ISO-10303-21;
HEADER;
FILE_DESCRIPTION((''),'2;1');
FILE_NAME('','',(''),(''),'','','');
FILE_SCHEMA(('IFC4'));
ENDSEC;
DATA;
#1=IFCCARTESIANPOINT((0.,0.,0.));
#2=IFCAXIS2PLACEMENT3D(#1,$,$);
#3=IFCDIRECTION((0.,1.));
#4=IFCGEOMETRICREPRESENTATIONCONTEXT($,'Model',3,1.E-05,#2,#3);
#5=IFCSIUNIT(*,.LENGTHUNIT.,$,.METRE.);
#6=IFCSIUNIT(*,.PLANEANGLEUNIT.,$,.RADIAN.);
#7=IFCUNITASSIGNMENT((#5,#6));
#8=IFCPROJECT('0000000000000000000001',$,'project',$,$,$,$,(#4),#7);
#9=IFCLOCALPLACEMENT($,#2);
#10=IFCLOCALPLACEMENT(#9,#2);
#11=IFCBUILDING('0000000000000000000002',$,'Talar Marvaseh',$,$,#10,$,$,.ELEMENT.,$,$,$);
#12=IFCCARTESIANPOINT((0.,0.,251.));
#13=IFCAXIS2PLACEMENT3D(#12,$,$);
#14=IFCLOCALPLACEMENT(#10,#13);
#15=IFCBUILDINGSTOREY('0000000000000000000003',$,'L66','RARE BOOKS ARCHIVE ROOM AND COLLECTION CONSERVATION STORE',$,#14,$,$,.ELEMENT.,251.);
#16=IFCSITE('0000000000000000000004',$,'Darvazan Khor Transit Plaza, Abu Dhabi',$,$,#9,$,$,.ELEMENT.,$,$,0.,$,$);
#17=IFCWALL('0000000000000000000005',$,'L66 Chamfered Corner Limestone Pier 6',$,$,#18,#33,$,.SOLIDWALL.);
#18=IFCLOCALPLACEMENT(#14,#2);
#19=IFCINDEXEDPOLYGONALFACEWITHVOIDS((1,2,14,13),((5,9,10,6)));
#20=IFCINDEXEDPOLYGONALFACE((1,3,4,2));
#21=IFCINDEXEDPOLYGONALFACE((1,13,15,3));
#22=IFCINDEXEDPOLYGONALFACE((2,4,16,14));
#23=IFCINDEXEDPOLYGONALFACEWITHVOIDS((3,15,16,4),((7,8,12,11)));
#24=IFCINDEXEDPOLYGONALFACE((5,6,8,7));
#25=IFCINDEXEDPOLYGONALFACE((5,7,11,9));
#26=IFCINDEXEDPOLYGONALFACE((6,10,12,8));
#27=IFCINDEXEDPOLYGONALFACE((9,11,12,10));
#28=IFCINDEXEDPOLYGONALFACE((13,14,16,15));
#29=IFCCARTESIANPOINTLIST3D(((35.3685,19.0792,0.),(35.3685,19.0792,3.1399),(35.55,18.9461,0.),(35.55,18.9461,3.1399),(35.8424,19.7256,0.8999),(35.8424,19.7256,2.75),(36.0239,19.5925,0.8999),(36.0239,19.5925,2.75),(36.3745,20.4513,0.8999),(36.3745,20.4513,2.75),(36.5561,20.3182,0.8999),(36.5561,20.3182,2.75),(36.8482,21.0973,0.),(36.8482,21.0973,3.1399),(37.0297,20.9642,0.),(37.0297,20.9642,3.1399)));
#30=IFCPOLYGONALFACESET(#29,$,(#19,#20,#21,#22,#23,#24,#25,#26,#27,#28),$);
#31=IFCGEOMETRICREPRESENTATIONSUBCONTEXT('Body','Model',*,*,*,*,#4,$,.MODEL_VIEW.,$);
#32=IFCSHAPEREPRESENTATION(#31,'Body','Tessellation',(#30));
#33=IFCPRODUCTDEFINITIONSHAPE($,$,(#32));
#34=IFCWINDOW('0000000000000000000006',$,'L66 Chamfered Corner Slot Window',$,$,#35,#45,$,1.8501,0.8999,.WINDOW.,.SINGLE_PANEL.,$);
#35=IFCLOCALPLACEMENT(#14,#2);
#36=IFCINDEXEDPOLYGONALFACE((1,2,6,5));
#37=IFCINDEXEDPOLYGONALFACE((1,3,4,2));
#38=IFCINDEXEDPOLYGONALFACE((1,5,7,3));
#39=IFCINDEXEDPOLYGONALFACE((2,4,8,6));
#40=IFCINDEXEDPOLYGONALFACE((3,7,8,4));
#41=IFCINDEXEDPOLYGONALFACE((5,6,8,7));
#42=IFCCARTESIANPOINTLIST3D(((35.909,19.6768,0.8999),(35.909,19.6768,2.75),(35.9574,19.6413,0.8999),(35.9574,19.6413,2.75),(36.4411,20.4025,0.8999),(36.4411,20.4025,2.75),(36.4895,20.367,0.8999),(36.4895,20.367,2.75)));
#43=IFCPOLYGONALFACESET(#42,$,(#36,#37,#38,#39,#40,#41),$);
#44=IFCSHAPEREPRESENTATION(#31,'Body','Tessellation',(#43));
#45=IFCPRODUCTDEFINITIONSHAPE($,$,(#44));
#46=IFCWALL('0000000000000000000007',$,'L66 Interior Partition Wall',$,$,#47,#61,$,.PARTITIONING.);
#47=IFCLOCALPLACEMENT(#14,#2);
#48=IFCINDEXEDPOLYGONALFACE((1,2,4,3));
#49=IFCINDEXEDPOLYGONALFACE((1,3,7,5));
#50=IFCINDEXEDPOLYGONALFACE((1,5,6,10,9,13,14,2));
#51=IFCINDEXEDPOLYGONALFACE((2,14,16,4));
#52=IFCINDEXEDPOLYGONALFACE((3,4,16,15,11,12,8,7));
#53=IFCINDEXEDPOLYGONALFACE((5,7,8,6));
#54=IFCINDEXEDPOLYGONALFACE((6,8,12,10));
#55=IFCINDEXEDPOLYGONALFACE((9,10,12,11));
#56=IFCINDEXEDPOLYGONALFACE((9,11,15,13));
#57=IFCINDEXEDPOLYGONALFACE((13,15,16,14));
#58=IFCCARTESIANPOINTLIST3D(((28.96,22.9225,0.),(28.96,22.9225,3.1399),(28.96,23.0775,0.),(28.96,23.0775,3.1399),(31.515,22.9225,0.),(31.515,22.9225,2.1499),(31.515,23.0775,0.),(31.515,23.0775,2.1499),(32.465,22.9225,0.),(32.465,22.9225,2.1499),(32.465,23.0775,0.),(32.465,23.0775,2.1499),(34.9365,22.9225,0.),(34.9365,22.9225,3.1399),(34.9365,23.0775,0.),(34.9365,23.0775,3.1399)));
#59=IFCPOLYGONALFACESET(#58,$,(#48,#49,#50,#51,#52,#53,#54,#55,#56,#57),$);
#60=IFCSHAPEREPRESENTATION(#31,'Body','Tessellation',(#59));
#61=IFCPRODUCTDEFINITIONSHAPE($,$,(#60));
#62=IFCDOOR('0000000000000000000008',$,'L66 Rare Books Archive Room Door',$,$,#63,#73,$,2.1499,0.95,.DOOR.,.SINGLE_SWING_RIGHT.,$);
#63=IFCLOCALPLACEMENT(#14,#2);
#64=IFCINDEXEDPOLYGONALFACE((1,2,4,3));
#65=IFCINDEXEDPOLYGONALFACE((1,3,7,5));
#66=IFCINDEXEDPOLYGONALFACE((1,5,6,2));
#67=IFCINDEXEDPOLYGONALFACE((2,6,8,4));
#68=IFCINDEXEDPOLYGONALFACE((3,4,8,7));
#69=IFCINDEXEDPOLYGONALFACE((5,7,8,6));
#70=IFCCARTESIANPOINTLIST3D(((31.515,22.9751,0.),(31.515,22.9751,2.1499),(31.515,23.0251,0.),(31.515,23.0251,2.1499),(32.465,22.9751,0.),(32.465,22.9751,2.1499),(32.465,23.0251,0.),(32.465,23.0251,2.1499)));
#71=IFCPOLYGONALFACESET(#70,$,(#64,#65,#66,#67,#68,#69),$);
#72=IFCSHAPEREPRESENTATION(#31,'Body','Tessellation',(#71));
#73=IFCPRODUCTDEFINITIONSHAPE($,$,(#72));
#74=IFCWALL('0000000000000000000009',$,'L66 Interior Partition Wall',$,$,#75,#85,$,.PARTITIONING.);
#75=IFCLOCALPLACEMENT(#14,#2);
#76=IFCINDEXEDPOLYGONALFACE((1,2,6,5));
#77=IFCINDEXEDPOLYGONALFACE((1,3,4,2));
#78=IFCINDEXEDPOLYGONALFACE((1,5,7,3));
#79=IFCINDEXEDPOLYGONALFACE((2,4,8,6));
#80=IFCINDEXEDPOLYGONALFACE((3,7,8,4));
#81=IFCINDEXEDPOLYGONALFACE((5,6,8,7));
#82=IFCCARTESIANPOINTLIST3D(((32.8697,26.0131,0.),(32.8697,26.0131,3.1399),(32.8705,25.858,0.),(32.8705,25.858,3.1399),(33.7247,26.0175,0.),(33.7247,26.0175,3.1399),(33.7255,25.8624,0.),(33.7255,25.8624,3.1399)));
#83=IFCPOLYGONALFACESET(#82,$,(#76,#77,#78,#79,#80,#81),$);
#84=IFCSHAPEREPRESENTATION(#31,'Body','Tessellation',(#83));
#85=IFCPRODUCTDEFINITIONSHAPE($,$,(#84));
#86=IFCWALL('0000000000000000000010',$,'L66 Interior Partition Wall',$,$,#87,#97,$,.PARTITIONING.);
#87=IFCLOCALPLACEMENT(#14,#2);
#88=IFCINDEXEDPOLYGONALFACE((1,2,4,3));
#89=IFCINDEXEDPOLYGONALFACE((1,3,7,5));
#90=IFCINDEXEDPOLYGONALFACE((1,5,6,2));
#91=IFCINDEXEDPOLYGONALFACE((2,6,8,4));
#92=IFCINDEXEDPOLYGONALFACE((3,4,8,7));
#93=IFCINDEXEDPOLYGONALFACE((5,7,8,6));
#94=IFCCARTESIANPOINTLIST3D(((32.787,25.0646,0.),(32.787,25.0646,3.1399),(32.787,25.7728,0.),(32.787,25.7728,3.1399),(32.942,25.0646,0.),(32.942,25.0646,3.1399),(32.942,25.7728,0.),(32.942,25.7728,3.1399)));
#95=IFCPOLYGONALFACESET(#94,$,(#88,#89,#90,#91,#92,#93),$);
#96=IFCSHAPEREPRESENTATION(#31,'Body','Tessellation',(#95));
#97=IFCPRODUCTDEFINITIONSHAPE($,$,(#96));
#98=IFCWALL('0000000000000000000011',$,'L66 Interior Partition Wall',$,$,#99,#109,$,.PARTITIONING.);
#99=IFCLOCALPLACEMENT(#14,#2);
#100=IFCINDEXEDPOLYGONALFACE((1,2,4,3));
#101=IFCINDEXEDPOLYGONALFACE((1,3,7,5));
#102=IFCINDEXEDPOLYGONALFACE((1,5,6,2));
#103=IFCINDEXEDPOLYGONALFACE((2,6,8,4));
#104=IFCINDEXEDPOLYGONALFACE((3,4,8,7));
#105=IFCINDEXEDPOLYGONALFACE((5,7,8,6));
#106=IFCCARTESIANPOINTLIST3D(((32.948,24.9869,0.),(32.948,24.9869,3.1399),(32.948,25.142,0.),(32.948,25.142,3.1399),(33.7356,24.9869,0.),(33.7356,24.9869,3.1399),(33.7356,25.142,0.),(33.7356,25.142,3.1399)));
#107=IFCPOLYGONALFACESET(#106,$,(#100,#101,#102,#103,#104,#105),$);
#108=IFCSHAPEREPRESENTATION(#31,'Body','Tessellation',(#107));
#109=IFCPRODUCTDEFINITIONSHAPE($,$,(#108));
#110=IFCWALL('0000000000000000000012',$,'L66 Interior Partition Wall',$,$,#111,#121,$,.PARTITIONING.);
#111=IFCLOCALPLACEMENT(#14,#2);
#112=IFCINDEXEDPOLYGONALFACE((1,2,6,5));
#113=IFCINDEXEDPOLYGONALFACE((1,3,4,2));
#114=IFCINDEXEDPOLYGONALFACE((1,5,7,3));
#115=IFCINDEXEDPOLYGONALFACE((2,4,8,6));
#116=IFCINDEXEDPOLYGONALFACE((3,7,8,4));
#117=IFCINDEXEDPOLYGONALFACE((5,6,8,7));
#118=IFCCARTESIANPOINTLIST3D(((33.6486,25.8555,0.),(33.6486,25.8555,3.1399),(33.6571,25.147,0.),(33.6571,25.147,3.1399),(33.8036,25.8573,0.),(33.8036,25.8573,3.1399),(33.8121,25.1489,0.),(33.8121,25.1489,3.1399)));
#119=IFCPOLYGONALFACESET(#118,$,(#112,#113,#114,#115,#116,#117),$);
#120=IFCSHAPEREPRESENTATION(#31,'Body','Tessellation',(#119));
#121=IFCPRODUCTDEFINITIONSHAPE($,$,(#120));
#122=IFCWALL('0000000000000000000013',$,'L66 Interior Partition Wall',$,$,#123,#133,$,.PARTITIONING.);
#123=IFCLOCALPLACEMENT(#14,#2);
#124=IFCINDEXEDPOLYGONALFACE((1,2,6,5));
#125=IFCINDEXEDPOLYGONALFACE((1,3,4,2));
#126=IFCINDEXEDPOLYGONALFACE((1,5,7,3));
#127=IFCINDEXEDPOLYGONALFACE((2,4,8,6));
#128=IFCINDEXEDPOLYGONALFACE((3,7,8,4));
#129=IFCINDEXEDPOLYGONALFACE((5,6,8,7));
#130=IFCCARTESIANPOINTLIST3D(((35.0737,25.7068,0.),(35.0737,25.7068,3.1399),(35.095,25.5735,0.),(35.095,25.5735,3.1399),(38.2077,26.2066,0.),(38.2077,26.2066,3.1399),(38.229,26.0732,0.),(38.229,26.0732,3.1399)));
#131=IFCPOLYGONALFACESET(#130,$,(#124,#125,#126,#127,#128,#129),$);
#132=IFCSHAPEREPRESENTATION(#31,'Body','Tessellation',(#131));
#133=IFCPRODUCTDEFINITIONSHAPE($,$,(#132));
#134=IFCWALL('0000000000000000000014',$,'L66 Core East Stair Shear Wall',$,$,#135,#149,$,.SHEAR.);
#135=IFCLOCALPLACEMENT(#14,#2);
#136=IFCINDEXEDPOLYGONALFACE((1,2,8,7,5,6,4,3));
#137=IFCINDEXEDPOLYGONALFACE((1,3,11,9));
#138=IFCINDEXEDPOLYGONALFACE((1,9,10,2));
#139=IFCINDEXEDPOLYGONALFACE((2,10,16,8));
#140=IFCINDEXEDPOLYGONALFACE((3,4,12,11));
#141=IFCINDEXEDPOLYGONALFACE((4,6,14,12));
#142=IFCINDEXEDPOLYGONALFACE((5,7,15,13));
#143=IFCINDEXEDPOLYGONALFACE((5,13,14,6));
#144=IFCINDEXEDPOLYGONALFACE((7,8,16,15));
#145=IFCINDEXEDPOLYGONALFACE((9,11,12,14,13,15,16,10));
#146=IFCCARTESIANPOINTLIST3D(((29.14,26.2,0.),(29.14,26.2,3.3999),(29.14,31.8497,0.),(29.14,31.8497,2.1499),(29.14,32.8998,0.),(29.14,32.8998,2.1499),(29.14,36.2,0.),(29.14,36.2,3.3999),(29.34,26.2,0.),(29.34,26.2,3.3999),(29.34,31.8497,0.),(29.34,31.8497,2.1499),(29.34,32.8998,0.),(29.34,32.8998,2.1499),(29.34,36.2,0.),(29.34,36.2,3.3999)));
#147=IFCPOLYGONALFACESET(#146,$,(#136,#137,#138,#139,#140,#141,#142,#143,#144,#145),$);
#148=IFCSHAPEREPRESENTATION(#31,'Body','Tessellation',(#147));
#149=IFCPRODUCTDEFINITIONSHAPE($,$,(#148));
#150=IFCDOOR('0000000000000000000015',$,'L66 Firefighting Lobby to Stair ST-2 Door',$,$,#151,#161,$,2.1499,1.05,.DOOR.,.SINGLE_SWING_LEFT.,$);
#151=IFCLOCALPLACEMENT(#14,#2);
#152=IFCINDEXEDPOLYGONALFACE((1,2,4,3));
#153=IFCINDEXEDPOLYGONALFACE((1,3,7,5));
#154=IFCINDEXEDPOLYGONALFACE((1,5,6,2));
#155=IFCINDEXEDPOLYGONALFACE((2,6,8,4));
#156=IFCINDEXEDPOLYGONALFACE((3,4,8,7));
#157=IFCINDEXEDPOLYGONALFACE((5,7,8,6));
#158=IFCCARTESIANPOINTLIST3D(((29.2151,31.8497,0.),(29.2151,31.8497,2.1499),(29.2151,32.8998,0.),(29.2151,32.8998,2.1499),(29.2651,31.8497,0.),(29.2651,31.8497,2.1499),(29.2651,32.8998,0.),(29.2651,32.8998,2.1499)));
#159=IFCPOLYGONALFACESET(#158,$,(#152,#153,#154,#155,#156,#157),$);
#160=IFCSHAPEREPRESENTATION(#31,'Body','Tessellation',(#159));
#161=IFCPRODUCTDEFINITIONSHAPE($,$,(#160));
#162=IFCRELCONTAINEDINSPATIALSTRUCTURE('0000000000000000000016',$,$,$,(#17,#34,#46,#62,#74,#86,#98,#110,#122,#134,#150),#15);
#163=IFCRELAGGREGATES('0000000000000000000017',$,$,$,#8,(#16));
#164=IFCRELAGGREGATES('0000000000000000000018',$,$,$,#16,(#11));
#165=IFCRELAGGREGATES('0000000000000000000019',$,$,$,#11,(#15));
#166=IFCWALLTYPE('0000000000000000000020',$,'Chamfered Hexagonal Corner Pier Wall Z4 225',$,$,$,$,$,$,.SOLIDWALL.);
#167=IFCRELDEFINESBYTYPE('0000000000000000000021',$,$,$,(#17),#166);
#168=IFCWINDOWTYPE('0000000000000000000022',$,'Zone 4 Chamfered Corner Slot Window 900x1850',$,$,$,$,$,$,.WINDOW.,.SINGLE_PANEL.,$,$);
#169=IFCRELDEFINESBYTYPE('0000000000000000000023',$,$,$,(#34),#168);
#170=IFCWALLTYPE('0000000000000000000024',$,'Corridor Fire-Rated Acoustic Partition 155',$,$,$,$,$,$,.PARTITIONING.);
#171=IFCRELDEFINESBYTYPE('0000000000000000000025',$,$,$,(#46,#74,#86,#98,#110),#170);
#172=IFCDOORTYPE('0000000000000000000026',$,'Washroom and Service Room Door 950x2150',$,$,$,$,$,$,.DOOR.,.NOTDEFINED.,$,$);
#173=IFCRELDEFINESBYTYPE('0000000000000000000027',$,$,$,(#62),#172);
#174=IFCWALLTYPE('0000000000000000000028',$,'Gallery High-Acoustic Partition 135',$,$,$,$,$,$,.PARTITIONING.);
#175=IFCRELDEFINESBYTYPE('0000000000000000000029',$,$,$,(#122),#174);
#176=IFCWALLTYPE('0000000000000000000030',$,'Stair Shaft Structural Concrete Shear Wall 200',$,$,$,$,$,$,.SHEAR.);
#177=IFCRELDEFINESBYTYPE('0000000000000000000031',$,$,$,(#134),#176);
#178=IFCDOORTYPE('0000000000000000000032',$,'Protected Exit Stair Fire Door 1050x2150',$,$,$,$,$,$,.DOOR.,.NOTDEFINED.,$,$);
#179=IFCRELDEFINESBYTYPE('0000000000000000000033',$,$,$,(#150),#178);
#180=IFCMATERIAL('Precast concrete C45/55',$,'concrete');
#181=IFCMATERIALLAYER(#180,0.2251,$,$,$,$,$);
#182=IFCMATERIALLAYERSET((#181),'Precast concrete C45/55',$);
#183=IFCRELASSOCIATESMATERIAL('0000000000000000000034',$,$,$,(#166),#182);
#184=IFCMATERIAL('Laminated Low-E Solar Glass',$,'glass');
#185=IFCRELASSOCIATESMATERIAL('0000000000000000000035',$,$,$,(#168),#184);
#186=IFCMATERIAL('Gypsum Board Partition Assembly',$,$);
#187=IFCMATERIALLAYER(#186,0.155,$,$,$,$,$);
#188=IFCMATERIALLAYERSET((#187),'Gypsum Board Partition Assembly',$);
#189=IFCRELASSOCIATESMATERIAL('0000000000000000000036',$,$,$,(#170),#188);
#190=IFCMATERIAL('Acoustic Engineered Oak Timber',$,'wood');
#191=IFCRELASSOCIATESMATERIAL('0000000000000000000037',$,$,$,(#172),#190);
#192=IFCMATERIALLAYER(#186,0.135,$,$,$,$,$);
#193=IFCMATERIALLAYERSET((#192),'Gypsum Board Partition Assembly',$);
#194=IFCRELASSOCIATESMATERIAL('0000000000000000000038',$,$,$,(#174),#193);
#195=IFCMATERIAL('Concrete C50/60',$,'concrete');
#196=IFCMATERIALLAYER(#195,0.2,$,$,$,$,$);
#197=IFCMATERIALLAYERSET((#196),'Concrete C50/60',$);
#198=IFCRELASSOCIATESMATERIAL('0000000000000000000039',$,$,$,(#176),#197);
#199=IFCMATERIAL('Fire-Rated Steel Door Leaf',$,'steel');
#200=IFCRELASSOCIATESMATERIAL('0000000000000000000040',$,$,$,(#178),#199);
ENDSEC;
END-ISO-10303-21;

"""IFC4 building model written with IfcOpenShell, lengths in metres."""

from ifc_helpers import new_model, si_unit, direction, frame, frame_2d, origin, place, context, subcontext, project, spatial, rectangle, extrude, source, transform, mapped, material, layer, layer_set, type_object, type_shapes, element, fill, save


model = new_model("IFC4")

# Units and contexts
model_context = context("Model", 3, precision=1e-05, world=origin(), true_north=direction((0.0, 1.0)))
body_context = subcontext(model_context, "Body", "Model", "MODEL_VIEW")
ifc_project = project(units=[si_unit("LENGTHUNIT", "METRE"), si_unit("PLANEANGLEUNIT", "RADIAN")], contexts=[model_context])

# Site, building, storey
site_placement = place(None, origin())
site = spatial("IfcSite", under=ifc_project, at=site_placement, Name="Darvazan Khor Transit Plaza, Abu Dhabi", CompositionType="ELEMENT", RefElevation=0.0)
building_placement = place(site_placement, origin())
building = spatial("IfcBuilding", under=site, at=building_placement, Name="Talar Marvaseh", CompositionType="ELEMENT")
storey_placement = place(building_placement, frame((0.0, 0.0, 251.0)))
storey = spatial("IfcBuildingStorey", under=building, at=storey_placement, Name="L66", Description="RARE BOOKS ARCHIVE ROOM AND COLLECTION CONSERVATION STORE", CompositionType="ELEMENT", Elevation=251.0)

# Shared definitions
ifc_material_1 = material(Name="Concrete C50/60", Category="concrete")

# Shared definitions
ifc_material_2 = material(Name="Laminated Low-E Solar Glass", Category="glass")

# Wall, opening, window
ifc_material_3 = material(Name="Precast concrete C45/55", Category="concrete")
ifc_layer_1 = layer(ifc_material_3, 0.2251)
ifc_layer_set_1 = layer_set([ifc_layer_1], Name="Precast concrete C45/55")
wall_type_1 = type_object("IfcWallType", Name="Chamfered Hexagonal Corner Pier Wall Z4 225", PredefinedType="SOLIDWALL", material=ifc_layer_set_1)
wall_1_placement = place(storey_placement, frame((36.939, 21.0308, 0.0), z_axis=(0.0, 0.0, 1.0), x_axis=(-0.591317, -0.806439, 0.0)))
wall_1 = element("IfcWall", 1, at=wall_1_placement, inside=storey, type_object=wall_type_1, Name="L66 Chamfered Corner Limestone Pier 6", PredefinedType="SOLIDWALL", context=body_context, shape_type="SweptSolid", body=[
    extrude(rectangle(XDim=2.5024, YDim=0.2251, at=frame_2d((1.2512, 0.0))), origin(), (0.0, 0.0, 1.0), 3.1399),
])
opening_1_placement = place(wall_1_placement, frame((0.801, 0.0, 0.8999)))
opening_1 = element("IfcOpeningElement", 2, at=opening_1_placement, cuts=wall_1, PredefinedType="OPENING", context=body_context, shape_type="SweptSolid", body=[
    extrude(rectangle(XDim=0.8999, YDim=1.8501, at=frame_2d((0.45, 0.925))), frame((0.0, 0.1226, 0.0), z_axis=(0.0, -1.0, 0.0), x_axis=(1.0, 0.0, 0.0)), (0.0, 0.0, 1.0), 0.2451),
])
window_type = type_object("IfcWindowType", Name="Zone 4 Chamfered Corner Slot Window 900x1850", PartitioningType="SINGLE_PANEL", PredefinedType="WINDOW", material=ifc_material_2)
shared_shape_1 = source(origin(), body_context, "Body", "SweptSolid", [
    extrude(rectangle(XDim=0.8999, YDim=1.8501, at=frame_2d((0.45, 0.925))), frame((0.0, 0.03, 0.0), z_axis=(0.0, -1.0, 0.0), x_axis=(1.0, 0.0, 0.0)), (0.0, 0.0, 1.0), 0.0601),
])
type_shapes(window_type, [shared_shape_1])
window_placement = place(opening_1_placement, origin())
window = element("IfcWindow", 3, at=window_placement, inside=storey, type_object=window_type, Name="L66 Chamfered Corner Slot Window", OverallHeight=1.8501, OverallWidth=0.8999, PartitioningType="SINGLE_PANEL", PredefinedType="WINDOW", context=body_context, shape_type="MappedRepresentation", body=[
    mapped(shared_shape_1, transform((0.0, 0.0, 0.0), x_axis=(1.0, 0.0, 0.0), y_axis=(0.0, 1.0, 0.0), z_axis=(0.0, 0.0, 1.0), scale=1.0)),
])
fill(opening_1, window)

# Wall, opening, door
ifc_material_4 = material(Name="Gypsum Board Partition Assembly")
ifc_layer_2 = layer(ifc_material_4, 0.155)
ifc_layer_set_2 = layer_set([ifc_layer_2], Name="Gypsum Board Partition Assembly")
wall_type_2 = type_object("IfcWallType", Name="Corridor Fire-Rated Acoustic Partition 155", PredefinedType="PARTITIONING", material=ifc_layer_set_2)
wall_2_placement = place(storey_placement, frame((34.9365, 23.0, 0.0), z_axis=(0.0, 0.0, 1.0), x_axis=(-1.0, 0.0, 0.0)))
wall_2 = element("IfcWall", 4, at=wall_2_placement, inside=storey, type_object=wall_type_2, Name="L66 Interior Partition Wall", PredefinedType="PARTITIONING", context=body_context, shape_type="SweptSolid", body=[
    extrude(rectangle(XDim=5.9766, YDim=0.155, at=frame_2d((2.9883, 0.0))), origin(), (0.0, 0.0, 1.0), 3.1399),
])
opening_2_placement = place(wall_2_placement, frame((2.4714, 0.0, 0.0)))
opening_2 = element("IfcOpeningElement", 5, at=opening_2_placement, cuts=wall_2, PredefinedType="OPENING", context=body_context, shape_type="SweptSolid", body=[
    extrude(rectangle(XDim=0.95, YDim=2.1499, at=frame_2d((0.4751, 1.075))), frame((0.0, 0.0874, 0.0), z_axis=(0.0, -1.0, 0.0), x_axis=(1.0, 0.0, 0.0)), (0.0, 0.0, 1.0), 0.175),
])
ifc_material_5 = material(Name="Acoustic Engineered Oak Timber", Category="wood")
door_type_1 = type_object("IfcDoorType", Name="Washroom and Service Room Door 950x2150", OperationType="NOTDEFINED", PredefinedType="DOOR", material=ifc_material_5)
shared_shape_2 = source(origin(), body_context, "Body", "SweptSolid", [
    extrude(rectangle(XDim=0.95, YDim=2.1499, at=frame_2d((0.4751, 1.075))), frame((0.0, 0.0249, 0.0), z_axis=(0.0, -1.0, 0.0), x_axis=(1.0, 0.0, 0.0)), (0.0, 0.0, 1.0), 0.05),
])
type_shapes(door_type_1, [shared_shape_2])
door_1_placement = place(opening_2_placement, origin())
door_1 = element("IfcDoor", 6, at=door_1_placement, inside=storey, type_object=door_type_1, Name="L66 Rare Books Archive Room Door", OperationType="SINGLE_SWING_RIGHT", OverallHeight=2.1499, OverallWidth=0.95, PredefinedType="DOOR", context=body_context, shape_type="MappedRepresentation", body=[
    mapped(shared_shape_2, transform((0.0, 0.0, 0.0), x_axis=(1.0, 0.0, 0.0), y_axis=(0.0, 1.0, 0.0), z_axis=(0.0, 0.0, 1.0), scale=1.0)),
])
fill(opening_2, door_1)

# Walls
wall_3_placement = place(storey_placement, frame((33.7251, 25.9399, 0.0), z_axis=(0.0, 0.0, 1.0), x_axis=(-0.999987, -0.00514, 0.0)))
element("IfcWall", 7, at=wall_3_placement, inside=storey, type_object=wall_type_2, Name="L66 Interior Partition Wall", PredefinedType="PARTITIONING", context=body_context, shape_type="SweptSolid", body=[
    extrude(rectangle(XDim=0.855, YDim=0.155, at=frame_2d((0.4275, 0.0))), origin(), (0.0, 0.0, 1.0), 3.1399),
])
wall_4_placement = place(storey_placement, frame((32.8645, 25.7727, 0.0), z_axis=(0.0, 0.0, 1.0), x_axis=(0.0, -1.0, 0.0)))
element("IfcWall", 8, at=wall_4_placement, inside=storey, type_object=wall_type_2, Name="L66 Interior Partition Wall", PredefinedType="PARTITIONING", context=body_context, shape_type="SweptSolid", body=[
    extrude(rectangle(XDim=0.7083, YDim=0.155, at=frame_2d((0.354, 0.0))), origin(), (0.0, 0.0, 1.0), 3.1399),
])
wall_5_placement = place(storey_placement, frame((32.948, 25.0645, 0.0), z_axis=(0.0, 0.0, 1.0), x_axis=(1.0, 0.0, 0.0)))
element("IfcWall", 9, at=wall_5_placement, inside=storey, type_object=wall_type_2, Name="L66 Interior Partition Wall", PredefinedType="PARTITIONING", context=body_context, shape_type="SweptSolid", body=[
    extrude(rectangle(XDim=0.7876, YDim=0.155, at=frame_2d((0.3938, 0.0))), origin(), (0.0, 0.0, 1.0), 3.1399),
])
wall_6_placement = place(storey_placement, frame((33.7346, 25.1479, 0.0), z_axis=(0.0, 0.0, 1.0), x_axis=(-0.01206, 0.999927, 0.0)))
element("IfcWall", 10, at=wall_6_placement, inside=storey, type_object=wall_type_2, Name="L66 Interior Partition Wall", PredefinedType="PARTITIONING", context=body_context, shape_type="SweptSolid", body=[
    extrude(rectangle(XDim=0.7085, YDim=0.155, at=frame_2d((0.3542, 0.0))), origin(), (0.0, 0.0, 1.0), 3.1399),
])
ifc_layer_3 = layer(ifc_material_4, 0.135)
ifc_layer_set_3 = layer_set([ifc_layer_3], Name="Gypsum Board Partition Assembly")
wall_type_3 = type_object("IfcWallType", Name="Gallery High-Acoustic Partition 135", PredefinedType="PARTITIONING", material=ifc_layer_set_3)
wall_7_placement = place(storey_placement, frame((35.0842, 25.6401, 0.0), z_axis=(0.0, 0.0, 1.0), x_axis=(0.987524, 0.157471, 0.0)))
element("IfcWall", 11, at=wall_7_placement, inside=storey, type_object=wall_type_3, Name="L66 Interior Partition Wall", PredefinedType="PARTITIONING", context=body_context, shape_type="SweptSolid", body=[
    extrude(rectangle(XDim=3.1736, YDim=0.135, at=frame_2d((1.5869, 0.0))), origin(), (0.0, 0.0, 1.0), 3.1399),
])

# Wall, opening, door
ifc_layer_4 = layer(ifc_material_1, 0.2)
ifc_layer_set_4 = layer_set([ifc_layer_4], Name="Concrete C50/60")
wall_type_4 = type_object("IfcWallType", Name="Stair Shaft Structural Concrete Shear Wall 200", PredefinedType="SHEAR", material=ifc_layer_set_4)
wall_8_placement = place(storey_placement, frame((29.24, 26.2, 0.0), z_axis=(0.0, 0.0, 1.0), x_axis=(0.0, 1.0, 0.0)))
wall_8 = element("IfcWall", 12, at=wall_8_placement, inside=storey, type_object=wall_type_4, Name="L66 Core East Stair Shear Wall", PredefinedType="SHEAR", context=body_context, shape_type="SweptSolid", body=[
    extrude(rectangle(XDim=10.0, YDim=0.2, at=frame_2d((5.0, 0.0))), origin(), (0.0, 0.0, 1.0), 3.3999),
])
opening_3_placement = place(wall_8_placement, frame((5.6499, 0.0, 0.0)))
opening_3 = element("IfcOpeningElement", 13, at=opening_3_placement, cuts=wall_8, PredefinedType="OPENING", context=body_context, shape_type="SweptSolid", body=[
    extrude(rectangle(XDim=1.05, YDim=2.1499, at=frame_2d((0.5249, 1.075))), frame((0.0, 0.1099, 0.0), z_axis=(0.0, -1.0, 0.0), x_axis=(1.0, 0.0, 0.0)), (0.0, 0.0, 1.0), 0.22),
])
ifc_material_6 = material(Name="Fire-Rated Steel Door Leaf", Category="steel")
door_type_2 = type_object("IfcDoorType", Name="Protected Exit Stair Fire Door 1050x2150", OperationType="NOTDEFINED", PredefinedType="DOOR", material=ifc_material_6)
shared_shape_3 = source(origin(), body_context, "Body", "SweptSolid", [
    extrude(rectangle(XDim=1.05, YDim=2.1499, at=frame_2d((0.5249, 1.075))), frame((0.0, 0.0249, 0.0), z_axis=(0.0, -1.0, 0.0), x_axis=(1.0, 0.0, 0.0)), (0.0, 0.0, 1.0), 0.05),
])
type_shapes(door_type_2, [shared_shape_3])
door_2_placement = place(opening_3_placement, origin())
door_2 = element("IfcDoor", 14, at=door_2_placement, inside=storey, type_object=door_type_2, Name="L66 Firefighting Lobby to Stair ST-2 Door", OperationType="SINGLE_SWING_LEFT", OverallHeight=2.1499, OverallWidth=1.05, PredefinedType="DOOR", context=body_context, shape_type="MappedRepresentation", body=[
    mapped(shared_shape_3, transform((0.0, 0.0, 0.0), x_axis=(1.0, 0.0, 0.0), y_axis=(0.0, 1.0, 0.0), z_axis=(0.0, 0.0, 1.0), scale=1.0)),
])
fill(opening_3, door_2)

save(model, "model.ifc")
